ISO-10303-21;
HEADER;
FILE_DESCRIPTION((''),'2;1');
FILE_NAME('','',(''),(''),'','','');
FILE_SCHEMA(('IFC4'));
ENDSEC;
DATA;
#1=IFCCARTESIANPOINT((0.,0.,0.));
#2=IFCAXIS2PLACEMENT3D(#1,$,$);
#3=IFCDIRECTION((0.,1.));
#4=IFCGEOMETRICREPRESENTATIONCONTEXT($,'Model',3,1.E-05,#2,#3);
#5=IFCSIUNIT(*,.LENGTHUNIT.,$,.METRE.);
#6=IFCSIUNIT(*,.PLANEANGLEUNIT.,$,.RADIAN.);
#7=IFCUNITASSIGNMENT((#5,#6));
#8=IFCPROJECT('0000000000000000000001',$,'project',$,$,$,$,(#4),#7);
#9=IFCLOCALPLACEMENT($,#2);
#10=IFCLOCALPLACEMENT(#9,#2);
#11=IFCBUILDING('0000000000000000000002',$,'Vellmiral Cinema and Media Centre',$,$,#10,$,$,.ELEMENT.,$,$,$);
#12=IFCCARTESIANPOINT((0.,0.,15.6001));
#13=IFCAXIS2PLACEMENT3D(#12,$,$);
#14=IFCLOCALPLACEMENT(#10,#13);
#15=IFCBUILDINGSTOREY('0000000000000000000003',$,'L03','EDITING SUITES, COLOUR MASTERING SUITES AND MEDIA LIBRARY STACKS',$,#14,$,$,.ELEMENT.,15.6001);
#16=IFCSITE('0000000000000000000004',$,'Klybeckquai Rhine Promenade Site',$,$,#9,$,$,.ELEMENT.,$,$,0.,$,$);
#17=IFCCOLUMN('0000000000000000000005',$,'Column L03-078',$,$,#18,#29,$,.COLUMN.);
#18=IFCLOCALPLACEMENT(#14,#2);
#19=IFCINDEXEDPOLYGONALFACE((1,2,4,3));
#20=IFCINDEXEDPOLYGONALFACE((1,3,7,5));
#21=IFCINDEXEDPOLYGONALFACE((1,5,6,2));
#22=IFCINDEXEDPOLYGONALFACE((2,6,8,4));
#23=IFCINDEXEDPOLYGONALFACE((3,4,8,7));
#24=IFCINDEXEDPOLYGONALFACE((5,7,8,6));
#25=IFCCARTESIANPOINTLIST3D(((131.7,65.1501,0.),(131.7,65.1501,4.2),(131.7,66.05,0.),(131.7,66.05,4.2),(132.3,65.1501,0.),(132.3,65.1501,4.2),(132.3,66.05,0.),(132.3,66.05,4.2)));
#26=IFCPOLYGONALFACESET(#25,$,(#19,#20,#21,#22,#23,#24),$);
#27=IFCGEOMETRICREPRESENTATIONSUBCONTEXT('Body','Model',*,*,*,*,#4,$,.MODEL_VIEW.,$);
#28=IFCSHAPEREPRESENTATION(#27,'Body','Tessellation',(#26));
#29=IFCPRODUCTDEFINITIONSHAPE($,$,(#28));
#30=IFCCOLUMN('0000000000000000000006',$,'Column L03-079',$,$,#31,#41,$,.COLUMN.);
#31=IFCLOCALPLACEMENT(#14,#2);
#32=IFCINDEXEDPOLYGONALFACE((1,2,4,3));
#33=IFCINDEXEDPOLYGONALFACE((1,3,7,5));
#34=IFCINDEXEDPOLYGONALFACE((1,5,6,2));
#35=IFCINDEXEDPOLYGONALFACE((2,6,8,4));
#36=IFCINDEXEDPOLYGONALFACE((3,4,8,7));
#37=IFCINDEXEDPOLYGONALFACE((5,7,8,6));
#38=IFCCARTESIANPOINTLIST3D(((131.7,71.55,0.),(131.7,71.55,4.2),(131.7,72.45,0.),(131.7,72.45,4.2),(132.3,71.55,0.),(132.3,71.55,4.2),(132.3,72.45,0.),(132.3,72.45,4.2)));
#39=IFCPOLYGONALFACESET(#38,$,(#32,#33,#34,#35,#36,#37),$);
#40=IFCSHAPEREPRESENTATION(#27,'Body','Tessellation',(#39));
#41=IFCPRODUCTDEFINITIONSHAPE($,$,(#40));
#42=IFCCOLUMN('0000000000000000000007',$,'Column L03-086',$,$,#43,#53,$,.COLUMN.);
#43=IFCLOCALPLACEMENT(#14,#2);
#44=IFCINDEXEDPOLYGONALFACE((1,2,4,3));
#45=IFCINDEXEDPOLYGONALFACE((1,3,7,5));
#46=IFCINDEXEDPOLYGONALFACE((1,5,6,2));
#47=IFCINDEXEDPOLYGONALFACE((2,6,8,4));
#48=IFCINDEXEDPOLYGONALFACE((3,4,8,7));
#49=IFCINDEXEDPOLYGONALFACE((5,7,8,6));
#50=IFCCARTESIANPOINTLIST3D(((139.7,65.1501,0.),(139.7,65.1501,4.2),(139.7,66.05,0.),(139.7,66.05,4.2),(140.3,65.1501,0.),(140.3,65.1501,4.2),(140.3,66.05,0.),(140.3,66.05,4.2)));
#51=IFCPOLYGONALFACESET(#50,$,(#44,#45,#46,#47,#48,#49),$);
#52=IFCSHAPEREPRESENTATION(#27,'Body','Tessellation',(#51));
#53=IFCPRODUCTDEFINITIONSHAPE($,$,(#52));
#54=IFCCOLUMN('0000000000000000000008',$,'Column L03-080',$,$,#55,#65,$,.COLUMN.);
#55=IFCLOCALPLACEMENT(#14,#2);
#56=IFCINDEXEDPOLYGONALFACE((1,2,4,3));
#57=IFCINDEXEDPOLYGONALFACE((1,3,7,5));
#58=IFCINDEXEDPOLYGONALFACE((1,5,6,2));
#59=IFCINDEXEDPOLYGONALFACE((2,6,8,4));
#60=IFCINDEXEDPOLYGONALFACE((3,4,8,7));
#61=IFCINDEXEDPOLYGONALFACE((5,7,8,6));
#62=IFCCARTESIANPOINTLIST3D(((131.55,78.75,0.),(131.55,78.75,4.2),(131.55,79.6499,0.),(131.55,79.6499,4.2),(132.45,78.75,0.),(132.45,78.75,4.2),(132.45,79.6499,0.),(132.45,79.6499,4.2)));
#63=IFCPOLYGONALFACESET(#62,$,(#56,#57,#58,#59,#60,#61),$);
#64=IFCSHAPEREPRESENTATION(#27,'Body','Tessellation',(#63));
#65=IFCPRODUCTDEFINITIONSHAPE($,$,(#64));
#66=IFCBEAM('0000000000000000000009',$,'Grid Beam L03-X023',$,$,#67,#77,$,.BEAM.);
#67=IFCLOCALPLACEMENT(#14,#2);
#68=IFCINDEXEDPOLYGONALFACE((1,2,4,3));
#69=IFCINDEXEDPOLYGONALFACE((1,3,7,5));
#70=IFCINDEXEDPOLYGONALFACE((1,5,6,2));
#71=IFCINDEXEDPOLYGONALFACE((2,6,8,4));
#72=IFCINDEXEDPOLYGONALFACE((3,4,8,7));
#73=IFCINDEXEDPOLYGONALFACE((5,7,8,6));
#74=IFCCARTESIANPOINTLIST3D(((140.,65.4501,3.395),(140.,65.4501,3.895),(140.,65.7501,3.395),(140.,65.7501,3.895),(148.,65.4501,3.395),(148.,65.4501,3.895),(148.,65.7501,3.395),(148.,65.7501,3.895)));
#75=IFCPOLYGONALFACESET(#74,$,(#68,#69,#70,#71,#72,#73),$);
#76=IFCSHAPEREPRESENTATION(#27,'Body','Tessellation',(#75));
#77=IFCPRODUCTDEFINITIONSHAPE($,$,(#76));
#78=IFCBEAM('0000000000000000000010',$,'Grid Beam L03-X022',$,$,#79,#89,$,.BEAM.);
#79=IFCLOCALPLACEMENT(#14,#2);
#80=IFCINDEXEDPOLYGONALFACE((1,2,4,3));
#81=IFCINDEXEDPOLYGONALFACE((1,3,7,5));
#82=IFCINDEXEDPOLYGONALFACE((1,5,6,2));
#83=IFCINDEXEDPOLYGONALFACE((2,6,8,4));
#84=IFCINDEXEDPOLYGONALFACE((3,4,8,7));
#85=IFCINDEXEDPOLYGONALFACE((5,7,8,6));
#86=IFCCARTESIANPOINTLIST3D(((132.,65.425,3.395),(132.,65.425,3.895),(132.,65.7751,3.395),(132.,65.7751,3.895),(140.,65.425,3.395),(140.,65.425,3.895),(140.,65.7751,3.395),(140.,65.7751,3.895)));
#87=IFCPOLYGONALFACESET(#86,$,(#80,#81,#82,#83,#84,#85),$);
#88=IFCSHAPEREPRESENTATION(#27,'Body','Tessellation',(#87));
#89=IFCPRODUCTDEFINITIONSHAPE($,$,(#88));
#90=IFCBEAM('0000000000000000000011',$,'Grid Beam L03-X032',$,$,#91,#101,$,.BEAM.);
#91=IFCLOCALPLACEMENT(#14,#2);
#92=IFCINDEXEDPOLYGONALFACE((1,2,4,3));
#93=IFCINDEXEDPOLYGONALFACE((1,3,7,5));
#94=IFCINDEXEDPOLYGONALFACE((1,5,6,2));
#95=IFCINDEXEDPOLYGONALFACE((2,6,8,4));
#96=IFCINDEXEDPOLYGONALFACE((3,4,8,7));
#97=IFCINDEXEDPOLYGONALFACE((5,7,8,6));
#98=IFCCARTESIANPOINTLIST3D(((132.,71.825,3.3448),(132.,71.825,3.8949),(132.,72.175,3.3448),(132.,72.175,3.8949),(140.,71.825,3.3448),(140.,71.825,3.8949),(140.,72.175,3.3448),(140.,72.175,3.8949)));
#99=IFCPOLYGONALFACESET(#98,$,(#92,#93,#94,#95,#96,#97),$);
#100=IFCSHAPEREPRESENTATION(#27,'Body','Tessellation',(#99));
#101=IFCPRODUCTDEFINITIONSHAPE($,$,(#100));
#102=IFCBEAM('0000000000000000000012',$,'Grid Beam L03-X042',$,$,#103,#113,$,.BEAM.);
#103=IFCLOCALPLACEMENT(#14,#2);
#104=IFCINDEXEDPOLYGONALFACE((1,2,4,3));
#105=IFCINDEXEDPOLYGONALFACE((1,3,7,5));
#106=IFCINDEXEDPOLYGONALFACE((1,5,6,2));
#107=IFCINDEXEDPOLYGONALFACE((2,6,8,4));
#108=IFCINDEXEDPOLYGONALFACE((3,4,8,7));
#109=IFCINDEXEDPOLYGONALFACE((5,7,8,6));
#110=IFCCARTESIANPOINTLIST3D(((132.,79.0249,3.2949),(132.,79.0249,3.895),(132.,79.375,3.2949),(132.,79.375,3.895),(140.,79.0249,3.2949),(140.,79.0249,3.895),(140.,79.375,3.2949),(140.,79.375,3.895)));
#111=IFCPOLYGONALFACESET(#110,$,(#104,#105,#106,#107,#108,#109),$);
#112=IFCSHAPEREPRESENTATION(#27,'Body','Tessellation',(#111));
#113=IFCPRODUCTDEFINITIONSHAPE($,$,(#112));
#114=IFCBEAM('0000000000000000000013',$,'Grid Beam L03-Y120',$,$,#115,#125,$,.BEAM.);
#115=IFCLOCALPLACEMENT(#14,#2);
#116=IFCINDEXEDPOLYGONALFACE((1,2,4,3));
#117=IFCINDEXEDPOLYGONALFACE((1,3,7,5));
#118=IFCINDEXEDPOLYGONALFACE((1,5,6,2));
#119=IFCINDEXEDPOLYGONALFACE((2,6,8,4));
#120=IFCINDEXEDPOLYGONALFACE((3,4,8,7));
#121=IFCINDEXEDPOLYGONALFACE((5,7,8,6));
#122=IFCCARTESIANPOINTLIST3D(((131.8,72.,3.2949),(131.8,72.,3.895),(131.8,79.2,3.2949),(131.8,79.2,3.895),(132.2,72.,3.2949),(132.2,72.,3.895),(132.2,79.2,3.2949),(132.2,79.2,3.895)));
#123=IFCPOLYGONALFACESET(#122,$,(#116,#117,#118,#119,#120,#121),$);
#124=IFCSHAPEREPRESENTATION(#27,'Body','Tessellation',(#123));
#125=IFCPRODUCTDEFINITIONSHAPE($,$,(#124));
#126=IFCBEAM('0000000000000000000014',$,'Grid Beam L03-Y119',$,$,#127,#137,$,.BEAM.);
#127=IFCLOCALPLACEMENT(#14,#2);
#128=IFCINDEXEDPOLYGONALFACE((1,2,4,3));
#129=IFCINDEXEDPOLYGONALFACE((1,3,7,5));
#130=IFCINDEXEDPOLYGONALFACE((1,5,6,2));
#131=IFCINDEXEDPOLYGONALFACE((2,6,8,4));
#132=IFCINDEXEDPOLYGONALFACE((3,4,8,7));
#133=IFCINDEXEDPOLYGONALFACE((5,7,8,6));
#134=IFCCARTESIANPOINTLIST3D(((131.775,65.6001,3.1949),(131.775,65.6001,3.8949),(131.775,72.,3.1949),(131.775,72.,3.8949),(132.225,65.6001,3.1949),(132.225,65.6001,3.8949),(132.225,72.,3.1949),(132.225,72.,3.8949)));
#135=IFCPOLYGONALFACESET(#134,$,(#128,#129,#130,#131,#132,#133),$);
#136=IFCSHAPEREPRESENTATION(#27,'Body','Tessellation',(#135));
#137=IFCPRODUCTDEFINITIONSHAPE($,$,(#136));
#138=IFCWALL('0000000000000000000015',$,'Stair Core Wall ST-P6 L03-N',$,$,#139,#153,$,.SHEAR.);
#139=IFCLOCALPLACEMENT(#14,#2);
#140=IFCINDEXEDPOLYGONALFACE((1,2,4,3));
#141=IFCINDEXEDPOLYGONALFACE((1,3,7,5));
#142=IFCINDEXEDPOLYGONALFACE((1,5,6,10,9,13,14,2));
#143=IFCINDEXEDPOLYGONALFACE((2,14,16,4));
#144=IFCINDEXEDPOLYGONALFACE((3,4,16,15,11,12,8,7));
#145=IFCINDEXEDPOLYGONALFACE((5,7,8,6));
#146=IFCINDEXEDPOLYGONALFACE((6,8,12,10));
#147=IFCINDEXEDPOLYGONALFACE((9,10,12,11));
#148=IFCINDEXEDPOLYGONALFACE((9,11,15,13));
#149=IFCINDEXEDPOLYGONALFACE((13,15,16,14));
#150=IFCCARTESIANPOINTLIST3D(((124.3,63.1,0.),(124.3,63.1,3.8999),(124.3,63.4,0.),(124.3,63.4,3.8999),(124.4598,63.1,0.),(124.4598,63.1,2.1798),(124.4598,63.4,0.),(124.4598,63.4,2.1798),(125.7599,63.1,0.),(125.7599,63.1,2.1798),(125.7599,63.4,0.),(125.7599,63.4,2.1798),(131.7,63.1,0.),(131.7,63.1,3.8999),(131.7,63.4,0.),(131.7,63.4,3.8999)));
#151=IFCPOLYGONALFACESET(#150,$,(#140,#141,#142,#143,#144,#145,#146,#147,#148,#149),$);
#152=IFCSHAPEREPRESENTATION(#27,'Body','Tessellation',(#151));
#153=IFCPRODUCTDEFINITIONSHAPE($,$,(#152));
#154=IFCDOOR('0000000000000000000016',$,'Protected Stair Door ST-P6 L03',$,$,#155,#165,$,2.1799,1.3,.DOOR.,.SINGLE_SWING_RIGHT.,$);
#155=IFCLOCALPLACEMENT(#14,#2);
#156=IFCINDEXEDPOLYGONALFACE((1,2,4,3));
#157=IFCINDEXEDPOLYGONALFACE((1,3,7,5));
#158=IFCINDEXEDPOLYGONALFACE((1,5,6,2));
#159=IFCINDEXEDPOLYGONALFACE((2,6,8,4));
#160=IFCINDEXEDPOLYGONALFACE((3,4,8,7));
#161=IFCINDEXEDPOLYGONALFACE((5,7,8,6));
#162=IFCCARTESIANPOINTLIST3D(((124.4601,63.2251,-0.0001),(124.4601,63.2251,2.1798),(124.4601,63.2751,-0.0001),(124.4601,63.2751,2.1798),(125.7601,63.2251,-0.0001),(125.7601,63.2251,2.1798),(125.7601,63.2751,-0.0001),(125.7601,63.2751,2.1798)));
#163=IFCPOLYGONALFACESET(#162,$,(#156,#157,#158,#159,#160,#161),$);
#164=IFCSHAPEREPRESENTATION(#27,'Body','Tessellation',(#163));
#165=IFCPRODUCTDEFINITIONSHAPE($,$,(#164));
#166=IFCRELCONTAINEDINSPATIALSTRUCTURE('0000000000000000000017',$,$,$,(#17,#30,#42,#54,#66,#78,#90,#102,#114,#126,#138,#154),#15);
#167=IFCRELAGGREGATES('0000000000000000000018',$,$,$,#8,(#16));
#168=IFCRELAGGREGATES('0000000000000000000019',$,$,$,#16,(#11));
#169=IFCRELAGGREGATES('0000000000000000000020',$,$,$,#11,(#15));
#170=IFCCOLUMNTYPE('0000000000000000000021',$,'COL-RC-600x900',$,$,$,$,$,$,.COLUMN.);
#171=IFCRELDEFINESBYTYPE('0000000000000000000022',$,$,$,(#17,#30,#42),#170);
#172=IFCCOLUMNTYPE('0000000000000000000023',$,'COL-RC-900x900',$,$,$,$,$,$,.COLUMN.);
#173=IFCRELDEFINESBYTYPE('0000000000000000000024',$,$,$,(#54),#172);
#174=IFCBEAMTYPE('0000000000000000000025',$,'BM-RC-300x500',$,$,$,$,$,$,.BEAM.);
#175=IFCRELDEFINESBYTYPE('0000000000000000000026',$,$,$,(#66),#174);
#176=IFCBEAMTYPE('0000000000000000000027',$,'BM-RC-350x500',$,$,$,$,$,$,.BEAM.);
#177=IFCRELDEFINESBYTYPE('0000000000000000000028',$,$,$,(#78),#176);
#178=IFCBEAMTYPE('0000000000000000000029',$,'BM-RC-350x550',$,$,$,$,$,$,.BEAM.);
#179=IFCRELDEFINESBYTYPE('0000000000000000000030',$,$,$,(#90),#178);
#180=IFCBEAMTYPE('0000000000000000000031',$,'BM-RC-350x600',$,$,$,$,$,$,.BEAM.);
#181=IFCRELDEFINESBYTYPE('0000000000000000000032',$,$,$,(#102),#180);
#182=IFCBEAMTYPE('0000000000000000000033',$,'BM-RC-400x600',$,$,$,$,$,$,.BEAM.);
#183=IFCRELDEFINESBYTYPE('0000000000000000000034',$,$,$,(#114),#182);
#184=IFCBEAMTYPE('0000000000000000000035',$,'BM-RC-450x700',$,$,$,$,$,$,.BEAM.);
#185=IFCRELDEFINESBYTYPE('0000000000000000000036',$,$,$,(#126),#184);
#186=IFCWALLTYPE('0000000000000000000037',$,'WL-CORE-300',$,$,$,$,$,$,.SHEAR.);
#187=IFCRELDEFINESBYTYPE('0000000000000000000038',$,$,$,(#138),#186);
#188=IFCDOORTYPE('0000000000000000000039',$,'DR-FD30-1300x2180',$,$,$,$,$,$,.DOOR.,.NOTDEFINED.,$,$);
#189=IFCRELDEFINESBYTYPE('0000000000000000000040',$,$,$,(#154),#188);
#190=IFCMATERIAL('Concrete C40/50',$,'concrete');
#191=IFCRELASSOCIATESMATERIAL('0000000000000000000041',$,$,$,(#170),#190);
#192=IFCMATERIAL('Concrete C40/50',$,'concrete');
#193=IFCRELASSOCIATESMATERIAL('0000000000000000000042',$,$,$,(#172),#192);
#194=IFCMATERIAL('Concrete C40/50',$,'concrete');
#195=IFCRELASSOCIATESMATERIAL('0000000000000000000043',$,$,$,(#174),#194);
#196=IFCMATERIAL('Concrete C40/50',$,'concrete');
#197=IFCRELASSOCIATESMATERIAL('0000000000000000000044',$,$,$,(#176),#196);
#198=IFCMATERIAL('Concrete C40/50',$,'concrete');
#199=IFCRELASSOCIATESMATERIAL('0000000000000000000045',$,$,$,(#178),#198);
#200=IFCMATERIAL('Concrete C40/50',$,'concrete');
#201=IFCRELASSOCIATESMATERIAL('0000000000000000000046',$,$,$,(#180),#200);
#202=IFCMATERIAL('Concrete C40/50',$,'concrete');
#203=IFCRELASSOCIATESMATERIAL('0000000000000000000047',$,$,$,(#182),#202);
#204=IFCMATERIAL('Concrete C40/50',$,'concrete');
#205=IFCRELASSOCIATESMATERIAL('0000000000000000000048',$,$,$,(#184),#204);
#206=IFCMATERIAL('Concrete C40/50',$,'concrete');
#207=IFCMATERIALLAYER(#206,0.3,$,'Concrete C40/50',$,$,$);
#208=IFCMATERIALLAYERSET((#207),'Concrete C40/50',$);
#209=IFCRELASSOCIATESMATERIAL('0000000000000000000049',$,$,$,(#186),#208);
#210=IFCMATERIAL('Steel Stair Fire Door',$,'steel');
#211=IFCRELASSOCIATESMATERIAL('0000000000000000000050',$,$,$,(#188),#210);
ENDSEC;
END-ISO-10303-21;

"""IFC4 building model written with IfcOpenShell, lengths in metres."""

from ifc_helpers import new_model, si_unit, direction, frame, frame_2d, origin, origin_2d, place, context, subcontext, project, spatial, rectangle, extrude, material, layer, layer_set, material_profile, profile_set, type_object, element, fill, save


model = new_model("IFC4")

# Units and contexts
model_context = context("Model", 3, precision=1e-05, world=origin(), true_north=direction((0.0, 1.0)))
body_context = subcontext(model_context, "Body", "Model", "MODEL_VIEW")
ifc_project = project(units=[si_unit("LENGTHUNIT", "METRE"), si_unit("PLANEANGLEUNIT", "RADIAN")], contexts=[model_context])

# Site, building, storey
site_placement = place(None, origin())
site = spatial("IfcSite", under=ifc_project, at=site_placement, Name="Klybeckquai Rhine Promenade Site", CompositionType="ELEMENT", RefElevation=0.0)
building_placement = place(site_placement, origin())
building = spatial("IfcBuilding", under=site, at=building_placement, Name="Vellmiral Cinema and Media Centre", CompositionType="ELEMENT")
storey_placement = place(building_placement, frame((0.0, 0.0, 15.6001)))
storey = spatial("IfcBuildingStorey", under=building, at=storey_placement, Name="L03", Description="EDITING SUITES, COLOUR MASTERING SUITES AND MEDIA LIBRARY STACKS", CompositionType="ELEMENT", Elevation=15.6001)

# Columns
ifc_material_1 = material(Name="Concrete C40/50", Category="concrete")
ifc_material_profile_1 = material_profile(ifc_material_1, rectangle(XDim=0.6001, YDim=0.8999, at=origin_2d()), Name="RC 600x900")
ifc_profile_set_1 = profile_set([ifc_material_profile_1], Name="Concrete C40/50")
column_type_1 = type_object("IfcColumnType", Name="COL-RC-600x900", PredefinedType="COLUMN", material=ifc_profile_set_1)
for number, where, z_axis, x_axis, name in (
    (1, (132.0, 65.6001, 0.0), (0.0, 0.0, 1.0), (1.0, 0.0, 0.0), "Column L03-078"),
    (2, (132.0, 72.0, 0.0), (0.0, 0.0, 1.0), (1.0, 0.0, 0.0), "Column L03-079"),
    (3, (140.0, 65.6001, 0.0), (0.0, 0.0, 1.0), (1.0, 0.0, 0.0), "Column L03-086"),
):
    element("IfcColumn", number, at=place(storey_placement, frame(where, z_axis=z_axis, x_axis=x_axis)), inside=storey, type_object=column_type_1, Name=name, PredefinedType="COLUMN", context=body_context, shape_type="SweptSolid", body=[
        extrude(rectangle(XDim=0.6001, YDim=0.8999, at=origin_2d()), origin(), (0.0, 0.0, 1.0), 4.2),
    ])
ifc_material_2 = material(Name="Concrete C40/50", Category="concrete")
ifc_material_profile_2 = material_profile(ifc_material_2, rectangle(XDim=0.8999, YDim=0.8999, at=origin_2d()), Name="RC 900x900")
ifc_profile_set_2 = profile_set([ifc_material_profile_2], Name="Concrete C40/50")
column_type_2 = type_object("IfcColumnType", Name="COL-RC-900x900", PredefinedType="COLUMN", material=ifc_profile_set_2)
column_placement = place(storey_placement, frame((132.0, 79.2, 0.0), z_axis=(0.0, 0.0, 1.0), x_axis=(1.0, 0.0, 0.0)))
element("IfcColumn", 4, at=column_placement, inside=storey, type_object=column_type_2, Name="Column L03-080", PredefinedType="COLUMN", context=body_context, shape_type="SweptSolid", body=[
    extrude(rectangle(XDim=0.8999, YDim=0.8999, at=origin_2d()), origin(), (0.0, 0.0, 1.0), 4.2),
])

# Beams
ifc_material_3 = material(Name="Concrete C40/50", Category="concrete")
ifc_material_profile_3 = material_profile(ifc_material_3, rectangle(XDim=0.3, YDim=0.5, at=origin_2d()), Name="RC 300x500")
ifc_profile_set_3 = profile_set([ifc_material_profile_3], Name="Concrete C40/50")
beam_type_1 = type_object("IfcBeamType", Name="BM-RC-300x500", PredefinedType="BEAM", material=ifc_profile_set_3)
beam_1_placement = place(storey_placement, frame((140.0, 65.6001, 3.645), z_axis=(1.0, 0.0, 0.0), x_axis=(0.0, 1.0, 0.0)))
element("IfcBeam", 5, at=beam_1_placement, inside=storey, type_object=beam_type_1, Name="Grid Beam L03-X023", PredefinedType="BEAM", context=body_context, shape_type="SweptSolid", body=[
    extrude(rectangle(XDim=0.3, YDim=0.5, at=origin_2d()), origin(), (0.0, 0.0, 1.0), 8.0),
])
ifc_material_4 = material(Name="Concrete C40/50", Category="concrete")
ifc_material_profile_4 = material_profile(ifc_material_4, rectangle(XDim=0.3501, YDim=0.5, at=origin_2d()), Name="RC 350x500")
ifc_profile_set_4 = profile_set([ifc_material_profile_4], Name="Concrete C40/50")
beam_type_2 = type_object("IfcBeamType", Name="BM-RC-350x500", PredefinedType="BEAM", material=ifc_profile_set_4)
beam_2_placement = place(storey_placement, frame((132.0, 65.6001, 3.645), z_axis=(1.0, 0.0, 0.0), x_axis=(0.0, 1.0, 0.0)))
element("IfcBeam", 6, at=beam_2_placement, inside=storey, type_object=beam_type_2, Name="Grid Beam L03-X022", PredefinedType="BEAM", context=body_context, shape_type="SweptSolid", body=[
    extrude(rectangle(XDim=0.3501, YDim=0.5, at=origin_2d()), origin(), (0.0, 0.0, 1.0), 8.0),
])
ifc_material_5 = material(Name="Concrete C40/50", Category="concrete")
ifc_material_profile_5 = material_profile(ifc_material_5, rectangle(XDim=0.3501, YDim=0.55, at=origin_2d()), Name="RC 350x550")
ifc_profile_set_5 = profile_set([ifc_material_profile_5], Name="Concrete C40/50")
beam_type_3 = type_object("IfcBeamType", Name="BM-RC-350x550", PredefinedType="BEAM", material=ifc_profile_set_5)
beam_3_placement = place(storey_placement, frame((132.0, 72.0, 3.6199), z_axis=(1.0, 0.0, 0.0), x_axis=(0.0, 1.0, 0.0)))
element("IfcBeam", 7, at=beam_3_placement, inside=storey, type_object=beam_type_3, Name="Grid Beam L03-X032", PredefinedType="BEAM", context=body_context, shape_type="SweptSolid", body=[
    extrude(rectangle(XDim=0.3501, YDim=0.55, at=origin_2d()), origin(), (0.0, 0.0, 1.0), 8.0),
])
ifc_material_6 = material(Name="Concrete C40/50", Category="concrete")
ifc_material_profile_6 = material_profile(ifc_material_6, rectangle(XDim=0.3501, YDim=0.6001, at=origin_2d()), Name="RC 350x600")
ifc_profile_set_6 = profile_set([ifc_material_profile_6], Name="Concrete C40/50")
beam_type_4 = type_object("IfcBeamType", Name="BM-RC-350x600", PredefinedType="BEAM", material=ifc_profile_set_6)
beam_4_placement = place(storey_placement, frame((132.0, 79.2, 3.595), z_axis=(1.0, 0.0, 0.0), x_axis=(0.0, 1.0, 0.0)))
element("IfcBeam", 8, at=beam_4_placement, inside=storey, type_object=beam_type_4, Name="Grid Beam L03-X042", PredefinedType="BEAM", context=body_context, shape_type="SweptSolid", body=[
    extrude(rectangle(XDim=0.3501, YDim=0.6001, at=origin_2d()), origin(), (0.0, 0.0, 1.0), 8.0),
])
ifc_material_7 = material(Name="Concrete C40/50", Category="concrete")
ifc_material_profile_7 = material_profile(ifc_material_7, rectangle(XDim=0.3999, YDim=0.6001, at=origin_2d()), Name="RC 400x600")
ifc_profile_set_7 = profile_set([ifc_material_profile_7], Name="Concrete C40/50")
beam_type_5 = type_object("IfcBeamType", Name="BM-RC-400x600", PredefinedType="BEAM", material=ifc_profile_set_7)
beam_5_placement = place(storey_placement, frame((132.0, 72.0, 3.595), z_axis=(0.0, 1.0, 0.0), x_axis=(-1.0, 0.0, 0.0)))
element("IfcBeam", 9, at=beam_5_placement, inside=storey, type_object=beam_type_5, Name="Grid Beam L03-Y120", PredefinedType="BEAM", context=body_context, shape_type="SweptSolid", body=[
    extrude(rectangle(XDim=0.3999, YDim=0.6001, at=origin_2d()), origin(), (0.0, 0.0, 1.0), 7.2),
])
ifc_material_8 = material(Name="Concrete C40/50", Category="concrete")
ifc_material_profile_8 = material_profile(ifc_material_8, rectangle(XDim=0.45, YDim=0.7, at=origin_2d()), Name="RC 450x700")
ifc_profile_set_8 = profile_set([ifc_material_profile_8], Name="Concrete C40/50")
beam_type_6 = type_object("IfcBeamType", Name="BM-RC-450x700", PredefinedType="BEAM", material=ifc_profile_set_8)
beam_6_placement = place(storey_placement, frame((132.0, 65.6001, 3.5449), z_axis=(0.0, 1.0, 0.0), x_axis=(-1.0, 0.0, 0.0)))
element("IfcBeam", 10, at=beam_6_placement, inside=storey, type_object=beam_type_6, Name="Grid Beam L03-Y119", PredefinedType="BEAM", context=body_context, shape_type="SweptSolid", body=[
    extrude(rectangle(XDim=0.45, YDim=0.7, at=origin_2d()), origin(), (0.0, 0.0, 1.0), 6.3999),
])

# Wall, opening, door
ifc_material_9 = material(Name="Concrete C40/50", Category="concrete")
ifc_layer_1 = layer(ifc_material_9, 0.3, Name="Concrete C40/50")
ifc_layer_set_1 = layer_set([ifc_layer_1], Name="Concrete C40/50")
wall_type_1 = type_object("IfcWallType", Name="WL-CORE-300", PredefinedType="SHEAR", material=ifc_layer_set_1)
wall_1_placement = place(storey_placement, frame((124.3, 63.25, 0.0), z_axis=(0.0, 0.0, 1.0), x_axis=(1.0, 0.0, 0.0)))
wall_1 = element("IfcWall", 11, at=wall_1_placement, inside=storey, type_object=wall_type_1, Name="Stair Core Wall ST-P6 L03-N", PredefinedType="SHEAR", context=body_context, shape_type="SweptSolid", body=[
    extrude(rectangle(XDim=7.3999, YDim=0.3, at=frame_2d((3.7, 0.0))), origin(), (0.0, 0.0, 1.0), 3.8999),
])
opening_1_placement = place(wall_1_placement, frame((0.1599, 0.0, 0.0)))
opening_1 = element("IfcOpeningElement", 12, at=opening_1_placement, cuts=wall_1, PredefinedType="OPENING", context=body_context, shape_type="SweptSolid", body=[
    extrude(rectangle(XDim=1.3, YDim=2.1799, at=frame_2d((0.6499, 1.0898))), frame((0.0, 0.1621, 0.0), z_axis=(0.0, -1.0, 0.0), x_axis=(1.0, 0.0, 0.0)), (0.0, 0.0, 1.0), 0.324),
])
ifc_material_10 = material(Name="Steel Stair Fire Door", Category="steel")
door_type_1 = type_object("IfcDoorType", Name="DR-FD30-1300x2180", OperationType="NOTDEFINED", PredefinedType="DOOR", material=ifc_material_10)
door_1_placement = place(opening_1_placement, frame((1.3, 0.0, 0.0), z_axis=(0.0, 0.0, 1.0), x_axis=(-1.0, 0.0, 0.0)))
door_1 = element("IfcDoor", 13, at=door_1_placement, inside=storey, type_object=door_type_1, Name="Protected Stair Door ST-P6 L03", OperationType="SINGLE_SWING_RIGHT", OverallHeight=2.1799, OverallWidth=1.3, PredefinedType="DOOR", context=body_context, shape_type="SweptSolid", body=[
    extrude(rectangle(XDim=1.3, YDim=2.1799, at=frame_2d((0.6499, 1.0898))), frame((0.0, 0.0249, 0.0), z_axis=(0.0, -1.0, 0.0), x_axis=(1.0, 0.0, 0.0)), (0.0, 0.0, 1.0), 0.05),
])
fill(opening_1, door_1)

save(model, "model.ifc")
